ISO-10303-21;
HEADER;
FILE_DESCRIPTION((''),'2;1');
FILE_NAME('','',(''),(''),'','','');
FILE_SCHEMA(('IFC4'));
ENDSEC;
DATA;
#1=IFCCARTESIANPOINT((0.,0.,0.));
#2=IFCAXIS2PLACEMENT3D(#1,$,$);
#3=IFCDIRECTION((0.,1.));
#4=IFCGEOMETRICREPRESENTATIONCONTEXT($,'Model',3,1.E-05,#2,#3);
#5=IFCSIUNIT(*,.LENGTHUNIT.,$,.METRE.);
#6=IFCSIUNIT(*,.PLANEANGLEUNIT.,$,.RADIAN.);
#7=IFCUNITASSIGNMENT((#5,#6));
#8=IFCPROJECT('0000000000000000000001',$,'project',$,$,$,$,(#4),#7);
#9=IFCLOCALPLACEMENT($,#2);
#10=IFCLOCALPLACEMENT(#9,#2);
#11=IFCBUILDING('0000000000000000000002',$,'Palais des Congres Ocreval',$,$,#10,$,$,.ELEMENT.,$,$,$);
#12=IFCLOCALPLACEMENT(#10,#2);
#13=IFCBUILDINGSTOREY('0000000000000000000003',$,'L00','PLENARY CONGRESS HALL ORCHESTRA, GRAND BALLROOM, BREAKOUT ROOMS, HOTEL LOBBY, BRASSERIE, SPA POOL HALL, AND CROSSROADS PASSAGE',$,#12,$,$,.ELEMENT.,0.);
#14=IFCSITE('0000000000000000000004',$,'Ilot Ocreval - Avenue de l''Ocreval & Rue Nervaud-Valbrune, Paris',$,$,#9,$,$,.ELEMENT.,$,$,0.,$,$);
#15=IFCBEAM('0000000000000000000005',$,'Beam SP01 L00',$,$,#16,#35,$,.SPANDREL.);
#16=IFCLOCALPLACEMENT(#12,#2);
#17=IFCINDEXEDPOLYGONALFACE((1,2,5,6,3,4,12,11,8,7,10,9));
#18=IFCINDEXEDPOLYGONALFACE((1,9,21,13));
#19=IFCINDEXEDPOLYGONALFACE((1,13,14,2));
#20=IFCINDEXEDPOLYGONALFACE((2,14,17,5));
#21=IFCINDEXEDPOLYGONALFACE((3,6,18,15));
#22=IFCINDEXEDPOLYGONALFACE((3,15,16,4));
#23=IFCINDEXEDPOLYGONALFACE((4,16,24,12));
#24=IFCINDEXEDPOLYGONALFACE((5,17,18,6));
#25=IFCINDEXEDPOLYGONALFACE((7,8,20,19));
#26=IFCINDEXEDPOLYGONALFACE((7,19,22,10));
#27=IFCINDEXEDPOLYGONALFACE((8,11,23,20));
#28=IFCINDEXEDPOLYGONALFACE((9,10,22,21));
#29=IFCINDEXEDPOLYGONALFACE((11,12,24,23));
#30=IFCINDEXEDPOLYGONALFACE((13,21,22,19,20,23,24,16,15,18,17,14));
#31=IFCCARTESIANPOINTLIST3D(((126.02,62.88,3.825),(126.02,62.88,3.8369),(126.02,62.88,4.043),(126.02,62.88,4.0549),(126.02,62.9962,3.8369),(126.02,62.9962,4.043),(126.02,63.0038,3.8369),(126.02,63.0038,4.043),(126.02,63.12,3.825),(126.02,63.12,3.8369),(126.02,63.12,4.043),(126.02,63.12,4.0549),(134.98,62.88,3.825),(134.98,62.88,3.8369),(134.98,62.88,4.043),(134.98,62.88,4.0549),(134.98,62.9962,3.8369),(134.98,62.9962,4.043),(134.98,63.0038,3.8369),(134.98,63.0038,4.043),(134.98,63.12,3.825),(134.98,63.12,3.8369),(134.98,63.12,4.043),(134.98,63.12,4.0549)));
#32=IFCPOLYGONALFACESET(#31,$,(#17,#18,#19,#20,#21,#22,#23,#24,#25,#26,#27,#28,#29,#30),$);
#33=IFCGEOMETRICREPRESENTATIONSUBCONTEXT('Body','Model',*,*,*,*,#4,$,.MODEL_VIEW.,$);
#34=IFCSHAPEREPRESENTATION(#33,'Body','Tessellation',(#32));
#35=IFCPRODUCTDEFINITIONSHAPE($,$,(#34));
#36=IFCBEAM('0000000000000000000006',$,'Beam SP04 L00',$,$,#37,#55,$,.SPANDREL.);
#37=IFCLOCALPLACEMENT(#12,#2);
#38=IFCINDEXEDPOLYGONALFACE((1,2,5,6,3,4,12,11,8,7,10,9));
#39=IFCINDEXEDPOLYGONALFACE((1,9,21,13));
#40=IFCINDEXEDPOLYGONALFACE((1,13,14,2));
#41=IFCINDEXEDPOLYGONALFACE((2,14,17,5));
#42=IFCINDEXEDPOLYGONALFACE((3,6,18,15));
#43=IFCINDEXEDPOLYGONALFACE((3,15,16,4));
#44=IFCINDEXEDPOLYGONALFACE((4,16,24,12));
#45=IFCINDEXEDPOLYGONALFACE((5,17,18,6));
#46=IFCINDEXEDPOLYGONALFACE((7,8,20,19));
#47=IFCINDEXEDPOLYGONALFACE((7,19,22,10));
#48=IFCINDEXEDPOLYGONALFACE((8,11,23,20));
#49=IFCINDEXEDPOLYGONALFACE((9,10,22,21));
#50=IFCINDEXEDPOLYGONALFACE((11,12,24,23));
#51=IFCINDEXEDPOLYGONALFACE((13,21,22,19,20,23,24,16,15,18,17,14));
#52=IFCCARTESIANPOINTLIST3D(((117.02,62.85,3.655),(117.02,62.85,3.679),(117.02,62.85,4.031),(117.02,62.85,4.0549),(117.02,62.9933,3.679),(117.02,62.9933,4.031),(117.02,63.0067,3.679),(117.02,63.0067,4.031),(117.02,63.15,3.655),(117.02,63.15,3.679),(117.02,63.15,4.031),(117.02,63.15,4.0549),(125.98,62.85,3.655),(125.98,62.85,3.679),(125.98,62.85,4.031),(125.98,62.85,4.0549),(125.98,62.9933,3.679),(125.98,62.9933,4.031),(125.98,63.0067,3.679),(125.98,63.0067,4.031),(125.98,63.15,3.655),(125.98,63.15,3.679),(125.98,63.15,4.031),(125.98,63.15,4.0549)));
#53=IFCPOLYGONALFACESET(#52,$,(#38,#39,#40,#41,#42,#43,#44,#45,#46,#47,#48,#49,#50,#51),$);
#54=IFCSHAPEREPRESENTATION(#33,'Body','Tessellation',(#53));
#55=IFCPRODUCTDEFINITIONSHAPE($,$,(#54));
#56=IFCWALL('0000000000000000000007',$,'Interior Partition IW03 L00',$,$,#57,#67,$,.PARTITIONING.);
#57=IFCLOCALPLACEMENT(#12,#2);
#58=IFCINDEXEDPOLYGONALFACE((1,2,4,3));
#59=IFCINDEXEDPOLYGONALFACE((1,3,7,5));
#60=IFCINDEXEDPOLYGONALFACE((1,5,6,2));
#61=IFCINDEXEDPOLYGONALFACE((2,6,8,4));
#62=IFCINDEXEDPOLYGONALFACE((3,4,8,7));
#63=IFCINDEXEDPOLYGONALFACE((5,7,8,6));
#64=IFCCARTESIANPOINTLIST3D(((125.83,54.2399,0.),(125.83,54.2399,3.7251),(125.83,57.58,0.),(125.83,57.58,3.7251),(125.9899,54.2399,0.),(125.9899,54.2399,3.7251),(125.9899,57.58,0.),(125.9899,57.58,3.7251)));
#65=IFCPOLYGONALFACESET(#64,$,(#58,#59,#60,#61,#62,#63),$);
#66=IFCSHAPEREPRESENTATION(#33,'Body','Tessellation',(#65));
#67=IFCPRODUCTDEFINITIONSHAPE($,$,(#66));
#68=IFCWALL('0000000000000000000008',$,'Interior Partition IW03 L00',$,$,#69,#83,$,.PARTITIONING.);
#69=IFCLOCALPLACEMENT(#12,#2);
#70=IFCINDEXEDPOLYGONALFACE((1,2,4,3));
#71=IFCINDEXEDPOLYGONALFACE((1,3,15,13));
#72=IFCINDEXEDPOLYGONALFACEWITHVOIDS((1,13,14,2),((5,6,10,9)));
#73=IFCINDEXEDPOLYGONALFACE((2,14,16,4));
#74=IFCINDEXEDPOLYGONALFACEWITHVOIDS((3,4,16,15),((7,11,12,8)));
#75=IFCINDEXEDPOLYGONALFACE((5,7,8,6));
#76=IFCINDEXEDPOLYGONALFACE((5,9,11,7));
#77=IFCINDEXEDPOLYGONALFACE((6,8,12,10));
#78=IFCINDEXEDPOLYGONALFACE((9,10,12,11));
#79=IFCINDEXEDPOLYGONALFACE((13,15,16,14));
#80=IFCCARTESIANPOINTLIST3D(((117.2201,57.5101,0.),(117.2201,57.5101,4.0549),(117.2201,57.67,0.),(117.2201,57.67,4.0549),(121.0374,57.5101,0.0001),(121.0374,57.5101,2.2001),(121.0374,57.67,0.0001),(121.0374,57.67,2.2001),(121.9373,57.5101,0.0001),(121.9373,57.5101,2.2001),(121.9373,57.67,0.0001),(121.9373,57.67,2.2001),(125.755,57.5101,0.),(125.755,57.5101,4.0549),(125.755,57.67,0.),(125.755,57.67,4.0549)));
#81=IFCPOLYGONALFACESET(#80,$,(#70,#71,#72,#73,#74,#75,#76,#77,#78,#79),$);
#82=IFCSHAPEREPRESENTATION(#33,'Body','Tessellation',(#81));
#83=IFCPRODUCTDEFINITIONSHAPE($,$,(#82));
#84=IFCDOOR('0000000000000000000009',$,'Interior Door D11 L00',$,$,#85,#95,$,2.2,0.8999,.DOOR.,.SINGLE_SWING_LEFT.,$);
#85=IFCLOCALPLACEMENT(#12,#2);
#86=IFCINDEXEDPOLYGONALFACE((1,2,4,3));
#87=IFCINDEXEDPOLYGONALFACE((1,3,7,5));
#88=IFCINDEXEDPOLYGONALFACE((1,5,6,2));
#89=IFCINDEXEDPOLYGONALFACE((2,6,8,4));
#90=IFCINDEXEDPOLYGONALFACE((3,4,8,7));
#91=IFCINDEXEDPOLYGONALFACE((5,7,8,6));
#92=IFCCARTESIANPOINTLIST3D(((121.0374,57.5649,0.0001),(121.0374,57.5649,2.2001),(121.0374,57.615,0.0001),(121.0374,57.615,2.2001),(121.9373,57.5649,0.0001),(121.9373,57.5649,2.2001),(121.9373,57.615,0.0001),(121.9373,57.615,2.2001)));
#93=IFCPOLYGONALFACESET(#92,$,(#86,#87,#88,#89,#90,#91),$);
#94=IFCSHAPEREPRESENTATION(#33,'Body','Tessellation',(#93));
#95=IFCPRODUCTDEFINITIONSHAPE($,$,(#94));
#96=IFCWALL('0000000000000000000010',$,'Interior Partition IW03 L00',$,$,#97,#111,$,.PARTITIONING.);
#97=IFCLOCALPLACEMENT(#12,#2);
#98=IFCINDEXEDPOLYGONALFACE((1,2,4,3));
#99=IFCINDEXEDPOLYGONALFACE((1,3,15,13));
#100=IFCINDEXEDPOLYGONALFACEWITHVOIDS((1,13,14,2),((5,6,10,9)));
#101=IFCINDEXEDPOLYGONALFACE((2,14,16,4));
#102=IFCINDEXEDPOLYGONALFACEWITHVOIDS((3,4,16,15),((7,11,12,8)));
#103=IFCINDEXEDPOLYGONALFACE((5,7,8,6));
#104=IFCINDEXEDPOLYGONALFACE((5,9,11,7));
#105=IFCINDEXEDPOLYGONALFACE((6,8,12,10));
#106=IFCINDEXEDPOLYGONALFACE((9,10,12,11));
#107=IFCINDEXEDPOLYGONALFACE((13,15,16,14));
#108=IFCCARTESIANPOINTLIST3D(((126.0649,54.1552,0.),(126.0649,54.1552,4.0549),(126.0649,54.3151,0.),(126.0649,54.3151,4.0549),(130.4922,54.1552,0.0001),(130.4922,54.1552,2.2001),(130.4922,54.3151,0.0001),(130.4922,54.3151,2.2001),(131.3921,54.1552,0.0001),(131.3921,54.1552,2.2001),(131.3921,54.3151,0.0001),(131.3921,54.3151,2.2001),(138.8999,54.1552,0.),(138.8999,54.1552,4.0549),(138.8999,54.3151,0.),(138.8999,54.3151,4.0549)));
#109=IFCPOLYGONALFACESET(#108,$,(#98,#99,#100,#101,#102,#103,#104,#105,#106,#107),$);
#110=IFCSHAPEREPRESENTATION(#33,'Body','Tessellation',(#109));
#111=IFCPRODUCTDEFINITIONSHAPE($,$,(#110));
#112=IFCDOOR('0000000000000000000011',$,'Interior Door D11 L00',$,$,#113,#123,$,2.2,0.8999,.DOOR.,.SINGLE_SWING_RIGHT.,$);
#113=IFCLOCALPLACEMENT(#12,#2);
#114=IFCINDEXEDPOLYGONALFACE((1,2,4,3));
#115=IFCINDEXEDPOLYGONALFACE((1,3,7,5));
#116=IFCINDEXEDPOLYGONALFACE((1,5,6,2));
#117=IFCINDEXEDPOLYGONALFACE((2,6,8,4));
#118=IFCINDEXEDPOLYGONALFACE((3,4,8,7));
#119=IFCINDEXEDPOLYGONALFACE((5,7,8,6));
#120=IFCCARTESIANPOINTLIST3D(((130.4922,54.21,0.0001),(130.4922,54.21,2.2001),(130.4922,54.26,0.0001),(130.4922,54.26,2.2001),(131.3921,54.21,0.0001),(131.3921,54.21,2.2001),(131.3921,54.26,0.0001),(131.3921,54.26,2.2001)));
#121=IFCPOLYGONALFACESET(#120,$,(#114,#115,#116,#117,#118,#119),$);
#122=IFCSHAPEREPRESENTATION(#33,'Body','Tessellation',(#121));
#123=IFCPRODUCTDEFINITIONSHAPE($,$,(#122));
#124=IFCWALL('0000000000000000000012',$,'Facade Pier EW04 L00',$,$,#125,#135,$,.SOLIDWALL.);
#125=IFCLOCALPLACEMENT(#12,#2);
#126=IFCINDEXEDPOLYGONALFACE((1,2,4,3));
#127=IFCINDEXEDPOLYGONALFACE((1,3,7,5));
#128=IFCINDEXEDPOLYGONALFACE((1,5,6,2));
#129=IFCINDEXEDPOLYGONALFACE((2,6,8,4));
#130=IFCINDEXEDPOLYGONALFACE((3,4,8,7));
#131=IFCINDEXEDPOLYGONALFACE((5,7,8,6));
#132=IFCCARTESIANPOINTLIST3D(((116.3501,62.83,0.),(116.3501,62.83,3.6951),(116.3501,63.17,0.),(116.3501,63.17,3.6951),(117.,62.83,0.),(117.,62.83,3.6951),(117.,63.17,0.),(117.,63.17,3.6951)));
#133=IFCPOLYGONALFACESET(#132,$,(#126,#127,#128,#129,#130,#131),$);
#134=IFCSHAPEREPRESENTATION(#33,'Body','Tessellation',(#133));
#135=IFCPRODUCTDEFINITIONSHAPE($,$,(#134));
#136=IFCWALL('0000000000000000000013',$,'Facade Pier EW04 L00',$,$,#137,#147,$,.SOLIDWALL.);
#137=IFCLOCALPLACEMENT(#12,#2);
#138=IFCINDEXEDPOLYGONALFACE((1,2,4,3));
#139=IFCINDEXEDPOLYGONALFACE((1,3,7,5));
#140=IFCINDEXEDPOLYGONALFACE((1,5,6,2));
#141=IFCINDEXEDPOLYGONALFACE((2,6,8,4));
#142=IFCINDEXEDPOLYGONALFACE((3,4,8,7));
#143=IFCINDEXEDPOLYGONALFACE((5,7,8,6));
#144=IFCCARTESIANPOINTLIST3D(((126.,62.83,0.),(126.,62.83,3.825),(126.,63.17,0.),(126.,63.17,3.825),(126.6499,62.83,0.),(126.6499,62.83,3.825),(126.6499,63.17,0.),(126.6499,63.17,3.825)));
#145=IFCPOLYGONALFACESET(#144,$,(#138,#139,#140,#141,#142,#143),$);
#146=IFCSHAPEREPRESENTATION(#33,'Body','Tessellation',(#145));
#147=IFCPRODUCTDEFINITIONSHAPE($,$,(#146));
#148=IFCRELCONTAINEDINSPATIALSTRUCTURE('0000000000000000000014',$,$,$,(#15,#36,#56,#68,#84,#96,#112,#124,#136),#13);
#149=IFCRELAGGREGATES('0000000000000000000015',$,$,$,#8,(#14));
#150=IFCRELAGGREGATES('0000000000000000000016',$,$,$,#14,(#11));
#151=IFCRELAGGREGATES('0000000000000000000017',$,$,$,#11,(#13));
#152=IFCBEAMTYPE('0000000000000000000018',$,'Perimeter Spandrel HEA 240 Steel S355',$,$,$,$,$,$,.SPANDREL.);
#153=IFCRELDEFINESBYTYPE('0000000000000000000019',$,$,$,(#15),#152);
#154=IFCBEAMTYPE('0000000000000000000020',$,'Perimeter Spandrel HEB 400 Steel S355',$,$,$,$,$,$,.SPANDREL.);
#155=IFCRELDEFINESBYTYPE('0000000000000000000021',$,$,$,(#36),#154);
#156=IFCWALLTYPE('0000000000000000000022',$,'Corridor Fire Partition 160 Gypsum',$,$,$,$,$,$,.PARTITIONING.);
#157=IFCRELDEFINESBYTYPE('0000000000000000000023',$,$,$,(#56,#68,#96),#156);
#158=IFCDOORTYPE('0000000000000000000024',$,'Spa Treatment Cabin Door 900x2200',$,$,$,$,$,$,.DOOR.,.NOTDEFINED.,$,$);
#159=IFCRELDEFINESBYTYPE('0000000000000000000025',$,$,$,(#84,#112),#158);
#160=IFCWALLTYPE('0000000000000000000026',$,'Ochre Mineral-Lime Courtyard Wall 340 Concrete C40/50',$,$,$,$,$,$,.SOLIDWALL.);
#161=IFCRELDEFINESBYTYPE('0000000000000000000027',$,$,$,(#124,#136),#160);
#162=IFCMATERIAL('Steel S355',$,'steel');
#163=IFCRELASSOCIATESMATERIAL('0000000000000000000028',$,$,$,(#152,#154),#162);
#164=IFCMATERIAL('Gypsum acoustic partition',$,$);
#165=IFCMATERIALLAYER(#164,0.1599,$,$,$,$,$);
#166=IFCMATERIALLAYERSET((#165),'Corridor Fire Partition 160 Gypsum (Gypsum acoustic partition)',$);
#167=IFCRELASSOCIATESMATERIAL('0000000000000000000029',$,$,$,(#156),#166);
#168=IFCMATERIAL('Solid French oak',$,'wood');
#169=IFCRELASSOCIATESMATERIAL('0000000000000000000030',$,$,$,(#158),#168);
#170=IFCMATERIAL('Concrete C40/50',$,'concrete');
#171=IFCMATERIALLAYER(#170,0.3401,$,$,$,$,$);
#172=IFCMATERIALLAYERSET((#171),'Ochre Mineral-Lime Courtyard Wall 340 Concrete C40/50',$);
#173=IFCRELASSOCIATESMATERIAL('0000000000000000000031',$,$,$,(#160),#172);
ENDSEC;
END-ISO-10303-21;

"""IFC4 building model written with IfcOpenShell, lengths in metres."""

from ifc_helpers import new_model, si_unit, direction, frame, frame_2d, origin, origin_2d, place, context, subcontext, project, spatial, rectangle, i_section, extrude, material, layer, layer_set, material_profile, profile_set, type_object, element, fill, save


model = new_model("IFC4")

# Units and contexts
model_context = context("Model", 3, precision=1e-05, world=origin(), true_north=direction((0.0, 1.0)))
body_context = subcontext(model_context, "Body", "Model", "MODEL_VIEW")
ifc_project = project(units=[si_unit("LENGTHUNIT", "METRE"), si_unit("PLANEANGLEUNIT", "RADIAN")], contexts=[model_context])

# Site, building, storey
site_placement = place(None, origin())
site = spatial("IfcSite", under=ifc_project, at=site_placement, Name="Ilot Ocreval - Avenue de l'Ocreval & Rue Nervaud-Valbrune, Paris", CompositionType="ELEMENT", RefElevation=0.0)
building_placement = place(site_placement, origin())
building = spatial("IfcBuilding", under=site, at=building_placement, Name="Palais des Congres Ocreval", CompositionType="ELEMENT")
storey_placement = place(building_placement, origin())
storey = spatial("IfcBuildingStorey", under=building, at=storey_placement, Name="L00", Description="PLENARY CONGRESS HALL ORCHESTRA, GRAND BALLROOM, BREAKOUT ROOMS, HOTEL LOBBY, BRASSERIE, SPA POOL HALL, AND CROSSROADS PASSAGE", CompositionType="ELEMENT", Elevation=0.0)

# Shared definitions
ifc_material_1 = material(Name="Steel S355", Category="steel")

# Beams
ifc_material_profile_1 = material_profile(ifc_material_1, i_section(OverallWidth=0.24, OverallDepth=0.23, WebThickness=0.0076, FlangeThickness=0.012, at=origin_2d()), Name="HEA 240")
ifc_profile_set_1 = profile_set([ifc_material_profile_1], Name="Steel S355")
beam_type_1 = type_object("IfcBeamType", Name="Perimeter Spandrel HEA 240 Steel S355", PredefinedType="SPANDREL", material=ifc_profile_set_1)
beam_1_placement = place(storey_placement, frame((126.02, 63.0, 3.9399), z_axis=(1.0, 0.0, 0.0), x_axis=(0.0, 1.0, 0.0)))
element("IfcBeam", 1, at=beam_1_placement, inside=storey, type_object=beam_type_1, Name="Beam SP01 L00", PredefinedType="SPANDREL", context=body_context, shape_type="SweptSolid", body=[
    extrude(i_section(OverallWidth=0.24, OverallDepth=0.23, WebThickness=0.0076, FlangeThickness=0.012, at=origin_2d()), origin(), (0.0, 0.0, 1.0), 8.96),
])
ifc_material_profile_2 = material_profile(ifc_material_1, i_section(OverallWidth=0.3, OverallDepth=0.3999, WebThickness=0.0134, FlangeThickness=0.0239, at=origin_2d()), Name="HEB 400")
ifc_profile_set_2 = profile_set([ifc_material_profile_2], Name="Steel S355")
beam_type_2 = type_object("IfcBeamType", Name="Perimeter Spandrel HEB 400 Steel S355", PredefinedType="SPANDREL", material=ifc_profile_set_2)
beam_2_placement = place(storey_placement, frame((117.02, 63.0, 3.855), z_axis=(1.0, 0.0, 0.0), x_axis=(0.0, 1.0, 0.0)))
element("IfcBeam", 2, at=beam_2_placement, inside=storey, type_object=beam_type_2, Name="Beam SP04 L00", PredefinedType="SPANDREL", context=body_context, shape_type="SweptSolid", body=[
    extrude(i_section(OverallWidth=0.3, OverallDepth=0.3999, WebThickness=0.0134, FlangeThickness=0.0239, at=origin_2d()), origin(), (0.0, 0.0, 1.0), 8.96),
])

# Wall
ifc_material_2 = material(Name="Gypsum acoustic partition")
ifc_layer_1 = layer(ifc_material_2, 0.1599)
ifc_layer_set_1 = layer_set([ifc_layer_1], Name="Corridor Fire Partition 160 Gypsum (Gypsum acoustic partition)")
wall_type_1 = type_object("IfcWallType", Name="Corridor Fire Partition 160 Gypsum", PredefinedType="PARTITIONING", material=ifc_layer_set_1)
wall_1_placement = place(storey_placement, frame((125.9099, 54.24, 0.0), z_axis=(0.0, 0.0, 1.0), x_axis=(0.0, 1.0, 0.0)))
element("IfcWall", 3, at=wall_1_placement, inside=storey, type_object=wall_type_1, Name="Interior Partition IW03 L00", PredefinedType="PARTITIONING", context=body_context, shape_type="SweptSolid", body=[
    extrude(rectangle(XDim=3.3401, YDim=0.1599, at=frame_2d((1.6699, 0.0))), origin(), (0.0, 0.0, 1.0), 3.7251),
])

# Walls, openings, doors
wall_2_placement = place(storey_placement, frame((117.22, 57.5901, 0.0), z_axis=(0.0, 0.0, 1.0), x_axis=(1.0, 0.0, 0.0)))
wall_2 = element("IfcWall", 4, at=wall_2_placement, inside=storey, type_object=wall_type_1, Name="Interior Partition IW03 L00", PredefinedType="PARTITIONING", context=body_context, shape_type="SweptSolid", body=[
    extrude(rectangle(XDim=8.5349, YDim=0.1599, at=frame_2d((4.2676, 0.0))), origin(), (0.0, 0.0, 1.0), 4.0549),
])
opening_1_placement = place(wall_2_placement, frame((3.8174, 0.0, 0.0)))
opening_1 = element("IfcOpeningElement", 5, at=opening_1_placement, cuts=wall_2, PredefinedType="OPENING", context=body_context, shape_type="SweptSolid", body=[
    extrude(rectangle(XDim=0.8999, YDim=2.2, at=frame_2d((0.45, 1.1001))), frame((0.0, 0.0898, 0.0), z_axis=(0.0, -1.0, 0.0), x_axis=(1.0, 0.0, 0.0)), (0.0, 0.0, 1.0), 0.1799),
])
ifc_material_3 = material(Name="Solid French oak", Category="wood")
door_type_1 = type_object("IfcDoorType", Name="Spa Treatment Cabin Door 900x2200", OperationType="NOTDEFINED", PredefinedType="DOOR", material=ifc_material_3)
door_1_placement = place(opening_1_placement, origin())
door_1 = element("IfcDoor", 6, at=door_1_placement, inside=storey, type_object=door_type_1, Name="Interior Door D11 L00", OperationType="SINGLE_SWING_LEFT", OverallHeight=2.2, OverallWidth=0.8999, PredefinedType="DOOR", context=body_context, shape_type="SweptSolid", body=[
    extrude(rectangle(XDim=0.8999, YDim=2.2, at=frame_2d((0.45, 1.1001))), frame((0.0, 0.0249, 0.0), z_axis=(0.0, -1.0, 0.0), x_axis=(1.0, 0.0, 0.0)), (0.0, 0.0, 1.0), 0.05),
])
fill(opening_1, door_1)
wall_3_placement = place(storey_placement, frame((126.0649, 54.2351, 0.0), z_axis=(0.0, 0.0, 1.0), x_axis=(1.0, 0.0, 0.0)))
wall_3 = element("IfcWall", 7, at=wall_3_placement, inside=storey, type_object=wall_type_1, Name="Interior Partition IW03 L00", PredefinedType="PARTITIONING", context=body_context, shape_type="SweptSolid", body=[
    extrude(rectangle(XDim=12.835, YDim=0.1599, at=frame_2d((6.4175, 0.0))), origin(), (0.0, 0.0, 1.0), 4.0549),
])
opening_2_placement = place(wall_3_placement, frame((4.4272, 0.0, 0.0)))
opening_2 = element("IfcOpeningElement", 8, at=opening_2_placement, cuts=wall_3, PredefinedType="OPENING", context=body_context, shape_type="SweptSolid", body=[
    extrude(rectangle(XDim=0.8999, YDim=2.2, at=frame_2d((0.45, 1.1001))), frame((0.0, 0.0898, 0.0), z_axis=(0.0, -1.0, 0.0), x_axis=(1.0, 0.0, 0.0)), (0.0, 0.0, 1.0), 0.1799),
])
door_2_placement = place(opening_2_placement, origin())
door_2 = element("IfcDoor", 9, at=door_2_placement, inside=storey, type_object=door_type_1, Name="Interior Door D11 L00", OperationType="SINGLE_SWING_RIGHT", OverallHeight=2.2, OverallWidth=0.8999, PredefinedType="DOOR", context=body_context, shape_type="SweptSolid", body=[
    extrude(rectangle(XDim=0.8999, YDim=2.2, at=frame_2d((0.45, 1.1001))), frame((0.0, 0.0249, 0.0), z_axis=(0.0, -1.0, 0.0), x_axis=(1.0, 0.0, 0.0)), (0.0, 0.0, 1.0), 0.05),
])
fill(opening_2, door_2)

# Walls
ifc_material_4 = material(Name="Concrete C40/50", Category="concrete")
ifc_layer_2 = layer(ifc_material_4, 0.3401)
ifc_layer_set_2 = layer_set([ifc_layer_2], Name="Ochre Mineral-Lime Courtyard Wall 340 Concrete C40/50")
wall_type_2 = type_object("IfcWallType", Name="Ochre Mineral-Lime Courtyard Wall 340 Concrete C40/50", PredefinedType="SOLIDWALL", material=ifc_layer_set_2)
wall_4_placement = place(storey_placement, frame((116.3501, 63.0, 0.0), z_axis=(0.0, 0.0, 1.0), x_axis=(1.0, 0.0, 0.0)))
element("IfcWall", 10, at=wall_4_placement, inside=storey, type_object=wall_type_2, Name="Facade Pier EW04 L00", PredefinedType="SOLIDWALL", context=body_context, shape_type="SweptSolid", body=[
    extrude(rectangle(XDim=0.6499, YDim=0.3401, at=frame_2d((0.325, 0.0))), origin(), (0.0, 0.0, 1.0), 3.6951),
])
wall_5_placement = place(storey_placement, frame((126.0, 63.0, 0.0), z_axis=(0.0, 0.0, 1.0), x_axis=(1.0, 0.0, 0.0)))
element("IfcWall", 11, at=wall_5_placement, inside=storey, type_object=wall_type_2, Name="Facade Pier EW04 L00", PredefinedType="SOLIDWALL", context=body_context, shape_type="SweptSolid", body=[
    extrude(rectangle(XDim=0.6499, YDim=0.3401, at=frame_2d((0.325, 0.0))), origin(), (0.0, 0.0, 1.0), 3.825),
])

save(model, "model.ifc")
